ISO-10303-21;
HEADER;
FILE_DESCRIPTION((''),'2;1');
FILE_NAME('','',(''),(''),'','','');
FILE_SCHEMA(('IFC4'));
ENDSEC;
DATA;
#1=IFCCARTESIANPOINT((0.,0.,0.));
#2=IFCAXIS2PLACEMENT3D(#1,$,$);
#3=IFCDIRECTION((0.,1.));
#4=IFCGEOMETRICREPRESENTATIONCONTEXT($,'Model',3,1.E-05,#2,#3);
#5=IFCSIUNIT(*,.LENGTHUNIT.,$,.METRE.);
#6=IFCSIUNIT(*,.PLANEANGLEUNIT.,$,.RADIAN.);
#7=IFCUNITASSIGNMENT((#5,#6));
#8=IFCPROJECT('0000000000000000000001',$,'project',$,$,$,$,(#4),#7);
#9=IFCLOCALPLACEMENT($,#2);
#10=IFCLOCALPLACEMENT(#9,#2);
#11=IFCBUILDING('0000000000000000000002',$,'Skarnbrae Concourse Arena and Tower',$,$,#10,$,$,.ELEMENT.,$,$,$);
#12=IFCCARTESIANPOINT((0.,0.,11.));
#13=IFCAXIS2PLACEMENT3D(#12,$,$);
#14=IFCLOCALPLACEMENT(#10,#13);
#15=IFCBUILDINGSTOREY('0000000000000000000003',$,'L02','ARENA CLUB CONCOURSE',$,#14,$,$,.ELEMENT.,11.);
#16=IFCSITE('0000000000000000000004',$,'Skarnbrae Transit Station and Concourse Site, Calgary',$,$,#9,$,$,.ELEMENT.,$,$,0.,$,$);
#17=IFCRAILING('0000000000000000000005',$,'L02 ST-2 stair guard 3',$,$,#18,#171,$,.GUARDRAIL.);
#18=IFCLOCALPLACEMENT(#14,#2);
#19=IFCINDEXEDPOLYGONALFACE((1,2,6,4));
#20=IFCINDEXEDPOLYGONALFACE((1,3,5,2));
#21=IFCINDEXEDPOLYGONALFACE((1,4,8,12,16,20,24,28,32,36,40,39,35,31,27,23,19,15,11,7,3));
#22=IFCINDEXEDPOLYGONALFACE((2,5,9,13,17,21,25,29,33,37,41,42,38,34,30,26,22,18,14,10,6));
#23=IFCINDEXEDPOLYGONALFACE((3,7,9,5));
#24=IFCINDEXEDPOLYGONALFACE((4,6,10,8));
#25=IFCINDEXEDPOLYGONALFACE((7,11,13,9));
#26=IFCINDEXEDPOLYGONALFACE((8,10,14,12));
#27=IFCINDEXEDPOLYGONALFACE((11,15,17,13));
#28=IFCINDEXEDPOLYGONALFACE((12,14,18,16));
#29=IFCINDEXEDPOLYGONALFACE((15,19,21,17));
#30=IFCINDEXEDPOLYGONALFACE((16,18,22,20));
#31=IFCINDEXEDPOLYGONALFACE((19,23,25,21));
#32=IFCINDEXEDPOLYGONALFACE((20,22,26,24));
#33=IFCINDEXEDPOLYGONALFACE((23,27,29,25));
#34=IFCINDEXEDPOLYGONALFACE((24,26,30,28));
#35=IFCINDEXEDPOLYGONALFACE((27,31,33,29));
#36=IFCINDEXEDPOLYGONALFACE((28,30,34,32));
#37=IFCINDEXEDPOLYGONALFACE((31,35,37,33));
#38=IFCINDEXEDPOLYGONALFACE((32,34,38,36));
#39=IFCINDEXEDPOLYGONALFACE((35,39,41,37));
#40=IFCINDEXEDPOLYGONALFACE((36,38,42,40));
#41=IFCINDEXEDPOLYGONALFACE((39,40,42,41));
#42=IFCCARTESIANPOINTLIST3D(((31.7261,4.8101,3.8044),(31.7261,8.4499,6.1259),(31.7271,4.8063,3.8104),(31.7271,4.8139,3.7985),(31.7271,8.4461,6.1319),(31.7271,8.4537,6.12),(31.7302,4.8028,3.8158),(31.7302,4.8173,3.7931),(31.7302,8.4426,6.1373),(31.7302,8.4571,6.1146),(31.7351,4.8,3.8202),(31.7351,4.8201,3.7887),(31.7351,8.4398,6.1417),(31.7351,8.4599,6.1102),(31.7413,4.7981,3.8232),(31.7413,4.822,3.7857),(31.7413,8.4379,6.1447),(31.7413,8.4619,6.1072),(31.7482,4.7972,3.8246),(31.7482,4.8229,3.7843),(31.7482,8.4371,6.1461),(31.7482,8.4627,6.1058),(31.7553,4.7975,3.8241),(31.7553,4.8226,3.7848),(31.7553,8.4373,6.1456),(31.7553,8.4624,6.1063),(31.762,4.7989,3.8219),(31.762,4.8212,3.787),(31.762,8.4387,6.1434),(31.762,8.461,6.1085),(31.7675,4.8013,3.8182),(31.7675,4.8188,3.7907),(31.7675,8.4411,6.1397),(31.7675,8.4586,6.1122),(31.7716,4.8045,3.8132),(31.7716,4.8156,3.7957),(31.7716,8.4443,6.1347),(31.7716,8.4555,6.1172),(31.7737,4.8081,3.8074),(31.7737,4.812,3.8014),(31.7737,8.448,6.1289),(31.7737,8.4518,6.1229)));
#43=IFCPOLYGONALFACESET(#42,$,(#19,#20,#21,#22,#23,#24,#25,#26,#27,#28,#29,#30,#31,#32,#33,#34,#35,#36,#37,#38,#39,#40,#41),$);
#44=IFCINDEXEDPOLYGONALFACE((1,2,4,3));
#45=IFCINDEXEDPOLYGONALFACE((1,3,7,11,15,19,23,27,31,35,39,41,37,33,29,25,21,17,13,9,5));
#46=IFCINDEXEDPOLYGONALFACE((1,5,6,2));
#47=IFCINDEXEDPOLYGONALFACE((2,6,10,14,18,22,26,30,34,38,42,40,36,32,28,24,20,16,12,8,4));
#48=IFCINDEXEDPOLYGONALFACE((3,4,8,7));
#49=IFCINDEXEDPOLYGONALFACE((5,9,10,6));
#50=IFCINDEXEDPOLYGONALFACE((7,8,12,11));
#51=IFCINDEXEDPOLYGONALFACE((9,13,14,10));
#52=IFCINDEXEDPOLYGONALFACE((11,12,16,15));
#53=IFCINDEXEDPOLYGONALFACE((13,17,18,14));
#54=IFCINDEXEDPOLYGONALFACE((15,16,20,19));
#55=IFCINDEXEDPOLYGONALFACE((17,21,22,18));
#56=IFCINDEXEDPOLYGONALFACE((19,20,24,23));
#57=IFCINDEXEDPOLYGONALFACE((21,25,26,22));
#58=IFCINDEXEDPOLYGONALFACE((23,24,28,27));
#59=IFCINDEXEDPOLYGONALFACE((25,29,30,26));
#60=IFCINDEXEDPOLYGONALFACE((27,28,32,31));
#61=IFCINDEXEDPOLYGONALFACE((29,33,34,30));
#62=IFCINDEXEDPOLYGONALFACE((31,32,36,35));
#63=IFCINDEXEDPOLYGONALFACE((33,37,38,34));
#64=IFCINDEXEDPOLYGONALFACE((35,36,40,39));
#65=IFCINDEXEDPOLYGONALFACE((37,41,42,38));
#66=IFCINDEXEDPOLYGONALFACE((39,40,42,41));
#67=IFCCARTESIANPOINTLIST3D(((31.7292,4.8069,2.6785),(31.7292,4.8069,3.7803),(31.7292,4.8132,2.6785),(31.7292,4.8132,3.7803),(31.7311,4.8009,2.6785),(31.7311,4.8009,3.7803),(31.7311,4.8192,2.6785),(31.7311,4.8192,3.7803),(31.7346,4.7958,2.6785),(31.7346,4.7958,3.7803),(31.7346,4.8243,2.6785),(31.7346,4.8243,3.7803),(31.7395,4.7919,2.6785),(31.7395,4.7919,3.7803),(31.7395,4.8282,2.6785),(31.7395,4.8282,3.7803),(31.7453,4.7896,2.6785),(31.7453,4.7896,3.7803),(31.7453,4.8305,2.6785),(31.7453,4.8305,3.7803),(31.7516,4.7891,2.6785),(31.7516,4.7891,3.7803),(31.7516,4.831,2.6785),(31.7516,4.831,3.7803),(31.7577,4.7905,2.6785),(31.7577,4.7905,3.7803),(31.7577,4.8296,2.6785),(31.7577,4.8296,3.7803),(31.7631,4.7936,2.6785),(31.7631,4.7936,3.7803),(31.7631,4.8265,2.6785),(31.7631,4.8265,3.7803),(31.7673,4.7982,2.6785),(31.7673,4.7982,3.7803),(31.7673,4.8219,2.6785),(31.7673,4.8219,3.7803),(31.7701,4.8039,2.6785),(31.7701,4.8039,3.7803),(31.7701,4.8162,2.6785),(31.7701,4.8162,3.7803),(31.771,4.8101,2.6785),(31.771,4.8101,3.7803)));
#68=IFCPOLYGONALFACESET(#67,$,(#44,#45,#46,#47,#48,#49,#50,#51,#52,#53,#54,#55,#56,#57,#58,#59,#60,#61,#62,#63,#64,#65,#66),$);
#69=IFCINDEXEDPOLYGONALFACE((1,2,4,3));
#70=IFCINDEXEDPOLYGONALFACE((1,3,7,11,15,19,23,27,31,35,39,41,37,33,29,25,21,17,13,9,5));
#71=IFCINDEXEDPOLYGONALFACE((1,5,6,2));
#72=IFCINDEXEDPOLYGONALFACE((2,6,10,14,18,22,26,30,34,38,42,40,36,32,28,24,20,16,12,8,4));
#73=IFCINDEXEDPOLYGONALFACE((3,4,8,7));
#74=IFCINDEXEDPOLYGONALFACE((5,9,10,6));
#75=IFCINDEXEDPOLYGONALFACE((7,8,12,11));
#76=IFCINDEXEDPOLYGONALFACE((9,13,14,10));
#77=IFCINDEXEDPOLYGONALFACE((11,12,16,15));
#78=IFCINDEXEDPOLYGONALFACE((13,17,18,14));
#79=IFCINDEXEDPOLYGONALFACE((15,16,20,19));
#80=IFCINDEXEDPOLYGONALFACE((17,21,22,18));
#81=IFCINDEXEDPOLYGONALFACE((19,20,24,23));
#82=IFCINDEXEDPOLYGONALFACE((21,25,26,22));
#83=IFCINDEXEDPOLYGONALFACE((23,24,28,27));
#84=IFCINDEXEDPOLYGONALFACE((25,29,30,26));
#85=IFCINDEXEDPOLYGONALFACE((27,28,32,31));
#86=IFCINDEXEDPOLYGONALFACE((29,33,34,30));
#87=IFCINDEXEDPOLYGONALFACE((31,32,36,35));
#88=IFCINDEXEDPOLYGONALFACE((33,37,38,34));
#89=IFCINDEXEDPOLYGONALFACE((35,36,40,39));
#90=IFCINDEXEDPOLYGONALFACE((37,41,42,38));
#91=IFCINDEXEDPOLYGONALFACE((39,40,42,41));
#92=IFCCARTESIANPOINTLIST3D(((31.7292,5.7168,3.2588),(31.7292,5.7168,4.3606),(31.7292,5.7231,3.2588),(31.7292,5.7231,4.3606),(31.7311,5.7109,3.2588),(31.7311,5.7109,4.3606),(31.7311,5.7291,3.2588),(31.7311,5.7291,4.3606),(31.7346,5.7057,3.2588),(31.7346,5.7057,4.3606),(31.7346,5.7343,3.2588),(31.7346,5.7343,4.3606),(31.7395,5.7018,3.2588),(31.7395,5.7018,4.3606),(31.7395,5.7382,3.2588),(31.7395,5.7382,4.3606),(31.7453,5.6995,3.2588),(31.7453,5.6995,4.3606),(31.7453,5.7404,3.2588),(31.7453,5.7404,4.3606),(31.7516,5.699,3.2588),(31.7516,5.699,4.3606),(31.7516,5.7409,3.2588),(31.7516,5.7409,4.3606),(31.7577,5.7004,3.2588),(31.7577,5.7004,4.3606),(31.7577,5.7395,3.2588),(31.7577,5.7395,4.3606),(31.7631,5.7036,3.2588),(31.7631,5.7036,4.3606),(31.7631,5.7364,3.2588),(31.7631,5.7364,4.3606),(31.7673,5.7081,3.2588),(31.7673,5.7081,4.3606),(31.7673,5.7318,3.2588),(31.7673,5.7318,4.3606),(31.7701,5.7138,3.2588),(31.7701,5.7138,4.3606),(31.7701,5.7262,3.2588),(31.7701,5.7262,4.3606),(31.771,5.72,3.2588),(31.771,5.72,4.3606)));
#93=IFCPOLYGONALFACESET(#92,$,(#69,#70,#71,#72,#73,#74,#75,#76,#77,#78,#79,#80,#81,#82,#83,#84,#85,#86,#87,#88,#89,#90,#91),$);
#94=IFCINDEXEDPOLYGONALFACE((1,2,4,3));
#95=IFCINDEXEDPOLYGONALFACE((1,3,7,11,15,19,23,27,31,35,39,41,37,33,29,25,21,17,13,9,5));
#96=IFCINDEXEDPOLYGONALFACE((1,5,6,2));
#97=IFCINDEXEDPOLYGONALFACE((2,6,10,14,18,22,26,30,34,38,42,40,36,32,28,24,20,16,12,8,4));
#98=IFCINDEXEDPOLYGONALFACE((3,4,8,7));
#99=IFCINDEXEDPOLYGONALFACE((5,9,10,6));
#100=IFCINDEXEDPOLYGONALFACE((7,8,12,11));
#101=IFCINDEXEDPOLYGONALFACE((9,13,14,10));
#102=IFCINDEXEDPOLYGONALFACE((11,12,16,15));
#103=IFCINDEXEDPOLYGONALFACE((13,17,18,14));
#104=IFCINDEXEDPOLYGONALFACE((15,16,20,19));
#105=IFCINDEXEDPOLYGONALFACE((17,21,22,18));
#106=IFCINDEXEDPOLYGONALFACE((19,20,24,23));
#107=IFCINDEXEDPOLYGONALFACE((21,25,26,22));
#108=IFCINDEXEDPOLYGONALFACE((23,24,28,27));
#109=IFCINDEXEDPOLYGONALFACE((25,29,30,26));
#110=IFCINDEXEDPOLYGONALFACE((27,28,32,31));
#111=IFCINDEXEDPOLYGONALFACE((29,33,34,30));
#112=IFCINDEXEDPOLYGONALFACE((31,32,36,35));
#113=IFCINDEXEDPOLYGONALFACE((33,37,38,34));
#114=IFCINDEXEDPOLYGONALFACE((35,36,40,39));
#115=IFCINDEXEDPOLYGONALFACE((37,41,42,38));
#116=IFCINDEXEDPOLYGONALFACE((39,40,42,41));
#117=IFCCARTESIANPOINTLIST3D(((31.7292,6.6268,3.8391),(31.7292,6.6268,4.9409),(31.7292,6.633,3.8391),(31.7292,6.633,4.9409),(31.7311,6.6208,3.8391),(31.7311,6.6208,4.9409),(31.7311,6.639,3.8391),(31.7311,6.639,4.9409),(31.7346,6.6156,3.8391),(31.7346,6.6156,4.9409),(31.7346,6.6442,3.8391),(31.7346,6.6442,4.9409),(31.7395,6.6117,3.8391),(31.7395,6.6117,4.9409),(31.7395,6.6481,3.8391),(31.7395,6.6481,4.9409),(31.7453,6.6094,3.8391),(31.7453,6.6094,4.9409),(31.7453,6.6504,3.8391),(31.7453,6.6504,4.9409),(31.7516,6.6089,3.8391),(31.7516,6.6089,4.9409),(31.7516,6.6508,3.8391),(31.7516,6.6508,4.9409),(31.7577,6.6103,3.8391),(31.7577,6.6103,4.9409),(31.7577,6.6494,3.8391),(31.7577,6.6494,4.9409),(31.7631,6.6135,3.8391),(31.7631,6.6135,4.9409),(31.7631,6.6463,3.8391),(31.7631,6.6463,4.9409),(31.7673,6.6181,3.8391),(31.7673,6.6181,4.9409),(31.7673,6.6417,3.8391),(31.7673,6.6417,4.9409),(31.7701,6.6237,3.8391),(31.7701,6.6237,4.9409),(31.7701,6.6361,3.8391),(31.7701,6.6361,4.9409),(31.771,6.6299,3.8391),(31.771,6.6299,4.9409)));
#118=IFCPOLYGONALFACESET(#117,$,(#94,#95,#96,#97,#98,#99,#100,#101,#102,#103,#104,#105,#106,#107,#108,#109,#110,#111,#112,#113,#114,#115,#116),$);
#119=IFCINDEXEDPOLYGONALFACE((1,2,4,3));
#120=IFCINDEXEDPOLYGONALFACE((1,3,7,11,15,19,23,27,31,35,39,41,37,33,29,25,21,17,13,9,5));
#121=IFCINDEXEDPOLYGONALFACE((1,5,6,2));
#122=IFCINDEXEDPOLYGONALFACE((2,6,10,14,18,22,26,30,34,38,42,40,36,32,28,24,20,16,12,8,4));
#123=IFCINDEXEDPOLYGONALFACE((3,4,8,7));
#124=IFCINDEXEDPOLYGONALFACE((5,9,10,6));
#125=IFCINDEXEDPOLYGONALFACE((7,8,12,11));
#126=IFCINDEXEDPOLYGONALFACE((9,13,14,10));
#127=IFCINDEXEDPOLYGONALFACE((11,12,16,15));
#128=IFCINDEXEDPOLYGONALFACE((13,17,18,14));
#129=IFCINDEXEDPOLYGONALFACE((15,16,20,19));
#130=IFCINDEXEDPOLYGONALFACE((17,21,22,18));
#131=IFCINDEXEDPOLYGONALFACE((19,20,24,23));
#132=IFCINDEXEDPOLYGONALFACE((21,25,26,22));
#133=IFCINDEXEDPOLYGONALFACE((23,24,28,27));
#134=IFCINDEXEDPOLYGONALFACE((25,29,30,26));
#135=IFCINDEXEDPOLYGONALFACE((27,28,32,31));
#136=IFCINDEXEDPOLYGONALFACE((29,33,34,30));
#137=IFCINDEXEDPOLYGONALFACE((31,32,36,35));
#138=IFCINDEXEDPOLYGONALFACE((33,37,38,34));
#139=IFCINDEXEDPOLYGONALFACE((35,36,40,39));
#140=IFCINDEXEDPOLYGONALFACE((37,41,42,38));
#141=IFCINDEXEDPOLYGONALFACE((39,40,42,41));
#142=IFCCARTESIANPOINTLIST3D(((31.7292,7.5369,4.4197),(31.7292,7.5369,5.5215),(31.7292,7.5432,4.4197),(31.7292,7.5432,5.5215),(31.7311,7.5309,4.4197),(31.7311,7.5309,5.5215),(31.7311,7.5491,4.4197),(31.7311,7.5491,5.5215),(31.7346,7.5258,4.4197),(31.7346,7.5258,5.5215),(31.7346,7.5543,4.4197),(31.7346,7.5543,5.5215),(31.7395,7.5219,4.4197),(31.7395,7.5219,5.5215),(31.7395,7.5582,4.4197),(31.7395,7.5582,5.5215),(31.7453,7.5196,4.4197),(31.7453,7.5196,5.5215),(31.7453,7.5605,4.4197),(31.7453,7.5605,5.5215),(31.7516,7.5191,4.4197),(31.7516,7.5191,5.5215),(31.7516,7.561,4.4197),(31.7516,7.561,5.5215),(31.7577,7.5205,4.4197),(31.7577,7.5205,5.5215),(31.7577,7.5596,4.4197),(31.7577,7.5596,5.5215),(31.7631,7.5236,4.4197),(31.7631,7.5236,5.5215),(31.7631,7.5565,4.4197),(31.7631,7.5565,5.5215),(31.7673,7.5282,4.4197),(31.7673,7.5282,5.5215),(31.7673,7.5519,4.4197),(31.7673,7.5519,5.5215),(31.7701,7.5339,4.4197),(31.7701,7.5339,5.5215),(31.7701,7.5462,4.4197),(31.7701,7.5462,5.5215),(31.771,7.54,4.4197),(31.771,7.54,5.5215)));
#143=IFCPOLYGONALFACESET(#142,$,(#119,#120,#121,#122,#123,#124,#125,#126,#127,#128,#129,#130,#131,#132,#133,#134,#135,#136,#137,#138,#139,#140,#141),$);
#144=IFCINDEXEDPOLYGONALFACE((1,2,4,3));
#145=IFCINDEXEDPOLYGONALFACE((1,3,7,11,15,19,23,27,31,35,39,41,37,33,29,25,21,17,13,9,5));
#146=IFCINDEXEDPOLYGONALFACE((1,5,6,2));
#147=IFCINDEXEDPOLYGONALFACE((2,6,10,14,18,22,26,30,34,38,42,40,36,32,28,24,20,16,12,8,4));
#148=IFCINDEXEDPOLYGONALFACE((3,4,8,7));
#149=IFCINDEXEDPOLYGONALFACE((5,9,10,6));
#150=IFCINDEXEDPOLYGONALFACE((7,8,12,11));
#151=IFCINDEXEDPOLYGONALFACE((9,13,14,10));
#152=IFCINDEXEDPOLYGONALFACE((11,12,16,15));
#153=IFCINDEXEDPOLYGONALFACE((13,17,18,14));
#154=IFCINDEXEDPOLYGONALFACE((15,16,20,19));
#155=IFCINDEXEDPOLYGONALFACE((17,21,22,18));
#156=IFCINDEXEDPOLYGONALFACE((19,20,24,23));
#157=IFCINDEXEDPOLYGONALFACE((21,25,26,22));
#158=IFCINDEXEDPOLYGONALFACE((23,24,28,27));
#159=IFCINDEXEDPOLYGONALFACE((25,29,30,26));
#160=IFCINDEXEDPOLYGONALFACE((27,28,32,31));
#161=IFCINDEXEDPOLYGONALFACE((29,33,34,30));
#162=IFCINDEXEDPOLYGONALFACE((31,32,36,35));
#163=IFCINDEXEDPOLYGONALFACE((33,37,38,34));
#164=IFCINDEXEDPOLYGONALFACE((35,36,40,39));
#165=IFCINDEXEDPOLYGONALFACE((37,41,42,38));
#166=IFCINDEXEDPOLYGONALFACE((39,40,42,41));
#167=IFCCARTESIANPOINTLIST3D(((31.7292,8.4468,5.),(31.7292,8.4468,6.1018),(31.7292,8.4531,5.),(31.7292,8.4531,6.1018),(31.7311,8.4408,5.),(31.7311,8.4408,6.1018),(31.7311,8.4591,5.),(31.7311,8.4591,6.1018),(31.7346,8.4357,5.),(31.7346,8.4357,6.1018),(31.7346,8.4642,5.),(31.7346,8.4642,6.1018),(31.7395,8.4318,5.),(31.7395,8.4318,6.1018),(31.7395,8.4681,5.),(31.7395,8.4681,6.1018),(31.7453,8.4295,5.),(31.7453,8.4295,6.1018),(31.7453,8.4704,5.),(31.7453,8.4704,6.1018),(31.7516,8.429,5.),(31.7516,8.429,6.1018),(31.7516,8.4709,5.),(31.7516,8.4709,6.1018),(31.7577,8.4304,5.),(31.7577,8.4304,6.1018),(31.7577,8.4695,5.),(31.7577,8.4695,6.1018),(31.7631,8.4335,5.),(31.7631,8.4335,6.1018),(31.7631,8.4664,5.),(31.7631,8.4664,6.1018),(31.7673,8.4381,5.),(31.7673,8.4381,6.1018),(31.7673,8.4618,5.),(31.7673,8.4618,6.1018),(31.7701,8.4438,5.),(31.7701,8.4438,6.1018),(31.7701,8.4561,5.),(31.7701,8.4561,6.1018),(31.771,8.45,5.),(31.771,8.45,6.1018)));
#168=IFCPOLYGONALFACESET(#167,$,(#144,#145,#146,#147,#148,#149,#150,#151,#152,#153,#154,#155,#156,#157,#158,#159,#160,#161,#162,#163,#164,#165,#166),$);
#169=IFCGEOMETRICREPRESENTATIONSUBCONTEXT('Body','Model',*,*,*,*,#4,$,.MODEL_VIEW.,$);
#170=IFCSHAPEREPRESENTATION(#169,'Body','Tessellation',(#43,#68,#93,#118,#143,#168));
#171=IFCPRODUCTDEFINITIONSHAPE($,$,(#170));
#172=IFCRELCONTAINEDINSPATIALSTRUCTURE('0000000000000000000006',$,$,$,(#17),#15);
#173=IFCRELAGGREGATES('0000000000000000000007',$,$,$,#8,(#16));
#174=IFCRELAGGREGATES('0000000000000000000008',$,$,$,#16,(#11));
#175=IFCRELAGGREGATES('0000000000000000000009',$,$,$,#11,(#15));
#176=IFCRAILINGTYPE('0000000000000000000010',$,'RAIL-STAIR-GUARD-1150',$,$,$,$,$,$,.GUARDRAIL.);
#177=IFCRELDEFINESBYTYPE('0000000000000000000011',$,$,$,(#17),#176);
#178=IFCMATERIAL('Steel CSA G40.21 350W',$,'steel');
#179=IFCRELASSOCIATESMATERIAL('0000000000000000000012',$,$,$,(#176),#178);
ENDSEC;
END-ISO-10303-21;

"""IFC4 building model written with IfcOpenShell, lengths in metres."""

from ifc_helpers import new_model, si_unit, direction, frame, origin, origin_2d, place, context, subcontext, project, spatial, circle, extrude, material, type_object, element, save


model = new_model("IFC4")

# Units and contexts
model_context = context("Model", 3, precision=1e-05, world=origin(), true_north=direction((0.0, 1.0)))
body_context = subcontext(model_context, "Body", "Model", "MODEL_VIEW")
ifc_project = project(units=[si_unit("LENGTHUNIT", "METRE"), si_unit("PLANEANGLEUNIT", "RADIAN")], contexts=[model_context])

# Site, building, storey
site_placement = place(None, origin())
site = spatial("IfcSite", under=ifc_project, at=site_placement, Name="Skarnbrae Transit Station and Concourse Site, Calgary", CompositionType="ELEMENT", RefElevation=0.0)
building_placement = place(site_placement, origin())
building = spatial("IfcBuilding", under=site, at=building_placement, Name="Skarnbrae Concourse Arena and Tower", CompositionType="ELEMENT")
storey_placement = place(building_placement, frame((0.0, 0.0, 11.0)))
storey = spatial("IfcBuildingStorey", under=building, at=storey_placement, Name="L02", Description="ARENA CLUB CONCOURSE", CompositionType="ELEMENT", Elevation=11.0)

# Shared definitions
ifc_material_1 = material(Name="Steel CSA G40.21 350W", Category="steel")

# Railing
railing_type_1 = type_object("IfcRailingType", Name="RAIL-STAIR-GUARD-1150", PredefinedType="GUARDRAIL", material=ifc_material_1)
railing_1_placement = place(storey_placement, frame((31.75, 4.8101, 2.6785)))
element("IfcRailing", 1, at=railing_1_placement, inside=storey, type_object=railing_type_1, Name="L02 ST-2 stair guard 3", PredefinedType="GUARDRAIL", context=body_context, shape_type="SweptSolid", body=[
    extrude(circle(Radius=0.0239, at=origin_2d()), frame((0.0, 0.0, 1.126), z_axis=(0.0, 0.843112, 0.537739), x_axis=(-1.0, 0.0, 0.0)), (0.0, 0.0, 1.0), 4.3171),
    extrude(circle(Radius=0.021, at=origin_2d()), origin(), (0.0, 0.0, 1.0), 1.1018),
    extrude(circle(Radius=0.021, at=origin_2d()), frame((0.0, 0.9099, 0.5803)), (0.0, 0.0, 1.0), 1.1018),
    extrude(circle(Radius=0.021, at=origin_2d()), frame((0.0, 1.8198, 1.1606)), (0.0, 0.0, 1.0), 1.1018),
    extrude(circle(Radius=0.021, at=origin_2d()), frame((0.0, 2.73, 1.7412)), (0.0, 0.0, 1.0), 1.1018),
    extrude(circle(Radius=0.021, at=origin_2d()), frame((0.0, 3.6399, 2.3215)), (0.0, 0.0, 1.0), 1.1018),
])

save(model, "model.ifc")
